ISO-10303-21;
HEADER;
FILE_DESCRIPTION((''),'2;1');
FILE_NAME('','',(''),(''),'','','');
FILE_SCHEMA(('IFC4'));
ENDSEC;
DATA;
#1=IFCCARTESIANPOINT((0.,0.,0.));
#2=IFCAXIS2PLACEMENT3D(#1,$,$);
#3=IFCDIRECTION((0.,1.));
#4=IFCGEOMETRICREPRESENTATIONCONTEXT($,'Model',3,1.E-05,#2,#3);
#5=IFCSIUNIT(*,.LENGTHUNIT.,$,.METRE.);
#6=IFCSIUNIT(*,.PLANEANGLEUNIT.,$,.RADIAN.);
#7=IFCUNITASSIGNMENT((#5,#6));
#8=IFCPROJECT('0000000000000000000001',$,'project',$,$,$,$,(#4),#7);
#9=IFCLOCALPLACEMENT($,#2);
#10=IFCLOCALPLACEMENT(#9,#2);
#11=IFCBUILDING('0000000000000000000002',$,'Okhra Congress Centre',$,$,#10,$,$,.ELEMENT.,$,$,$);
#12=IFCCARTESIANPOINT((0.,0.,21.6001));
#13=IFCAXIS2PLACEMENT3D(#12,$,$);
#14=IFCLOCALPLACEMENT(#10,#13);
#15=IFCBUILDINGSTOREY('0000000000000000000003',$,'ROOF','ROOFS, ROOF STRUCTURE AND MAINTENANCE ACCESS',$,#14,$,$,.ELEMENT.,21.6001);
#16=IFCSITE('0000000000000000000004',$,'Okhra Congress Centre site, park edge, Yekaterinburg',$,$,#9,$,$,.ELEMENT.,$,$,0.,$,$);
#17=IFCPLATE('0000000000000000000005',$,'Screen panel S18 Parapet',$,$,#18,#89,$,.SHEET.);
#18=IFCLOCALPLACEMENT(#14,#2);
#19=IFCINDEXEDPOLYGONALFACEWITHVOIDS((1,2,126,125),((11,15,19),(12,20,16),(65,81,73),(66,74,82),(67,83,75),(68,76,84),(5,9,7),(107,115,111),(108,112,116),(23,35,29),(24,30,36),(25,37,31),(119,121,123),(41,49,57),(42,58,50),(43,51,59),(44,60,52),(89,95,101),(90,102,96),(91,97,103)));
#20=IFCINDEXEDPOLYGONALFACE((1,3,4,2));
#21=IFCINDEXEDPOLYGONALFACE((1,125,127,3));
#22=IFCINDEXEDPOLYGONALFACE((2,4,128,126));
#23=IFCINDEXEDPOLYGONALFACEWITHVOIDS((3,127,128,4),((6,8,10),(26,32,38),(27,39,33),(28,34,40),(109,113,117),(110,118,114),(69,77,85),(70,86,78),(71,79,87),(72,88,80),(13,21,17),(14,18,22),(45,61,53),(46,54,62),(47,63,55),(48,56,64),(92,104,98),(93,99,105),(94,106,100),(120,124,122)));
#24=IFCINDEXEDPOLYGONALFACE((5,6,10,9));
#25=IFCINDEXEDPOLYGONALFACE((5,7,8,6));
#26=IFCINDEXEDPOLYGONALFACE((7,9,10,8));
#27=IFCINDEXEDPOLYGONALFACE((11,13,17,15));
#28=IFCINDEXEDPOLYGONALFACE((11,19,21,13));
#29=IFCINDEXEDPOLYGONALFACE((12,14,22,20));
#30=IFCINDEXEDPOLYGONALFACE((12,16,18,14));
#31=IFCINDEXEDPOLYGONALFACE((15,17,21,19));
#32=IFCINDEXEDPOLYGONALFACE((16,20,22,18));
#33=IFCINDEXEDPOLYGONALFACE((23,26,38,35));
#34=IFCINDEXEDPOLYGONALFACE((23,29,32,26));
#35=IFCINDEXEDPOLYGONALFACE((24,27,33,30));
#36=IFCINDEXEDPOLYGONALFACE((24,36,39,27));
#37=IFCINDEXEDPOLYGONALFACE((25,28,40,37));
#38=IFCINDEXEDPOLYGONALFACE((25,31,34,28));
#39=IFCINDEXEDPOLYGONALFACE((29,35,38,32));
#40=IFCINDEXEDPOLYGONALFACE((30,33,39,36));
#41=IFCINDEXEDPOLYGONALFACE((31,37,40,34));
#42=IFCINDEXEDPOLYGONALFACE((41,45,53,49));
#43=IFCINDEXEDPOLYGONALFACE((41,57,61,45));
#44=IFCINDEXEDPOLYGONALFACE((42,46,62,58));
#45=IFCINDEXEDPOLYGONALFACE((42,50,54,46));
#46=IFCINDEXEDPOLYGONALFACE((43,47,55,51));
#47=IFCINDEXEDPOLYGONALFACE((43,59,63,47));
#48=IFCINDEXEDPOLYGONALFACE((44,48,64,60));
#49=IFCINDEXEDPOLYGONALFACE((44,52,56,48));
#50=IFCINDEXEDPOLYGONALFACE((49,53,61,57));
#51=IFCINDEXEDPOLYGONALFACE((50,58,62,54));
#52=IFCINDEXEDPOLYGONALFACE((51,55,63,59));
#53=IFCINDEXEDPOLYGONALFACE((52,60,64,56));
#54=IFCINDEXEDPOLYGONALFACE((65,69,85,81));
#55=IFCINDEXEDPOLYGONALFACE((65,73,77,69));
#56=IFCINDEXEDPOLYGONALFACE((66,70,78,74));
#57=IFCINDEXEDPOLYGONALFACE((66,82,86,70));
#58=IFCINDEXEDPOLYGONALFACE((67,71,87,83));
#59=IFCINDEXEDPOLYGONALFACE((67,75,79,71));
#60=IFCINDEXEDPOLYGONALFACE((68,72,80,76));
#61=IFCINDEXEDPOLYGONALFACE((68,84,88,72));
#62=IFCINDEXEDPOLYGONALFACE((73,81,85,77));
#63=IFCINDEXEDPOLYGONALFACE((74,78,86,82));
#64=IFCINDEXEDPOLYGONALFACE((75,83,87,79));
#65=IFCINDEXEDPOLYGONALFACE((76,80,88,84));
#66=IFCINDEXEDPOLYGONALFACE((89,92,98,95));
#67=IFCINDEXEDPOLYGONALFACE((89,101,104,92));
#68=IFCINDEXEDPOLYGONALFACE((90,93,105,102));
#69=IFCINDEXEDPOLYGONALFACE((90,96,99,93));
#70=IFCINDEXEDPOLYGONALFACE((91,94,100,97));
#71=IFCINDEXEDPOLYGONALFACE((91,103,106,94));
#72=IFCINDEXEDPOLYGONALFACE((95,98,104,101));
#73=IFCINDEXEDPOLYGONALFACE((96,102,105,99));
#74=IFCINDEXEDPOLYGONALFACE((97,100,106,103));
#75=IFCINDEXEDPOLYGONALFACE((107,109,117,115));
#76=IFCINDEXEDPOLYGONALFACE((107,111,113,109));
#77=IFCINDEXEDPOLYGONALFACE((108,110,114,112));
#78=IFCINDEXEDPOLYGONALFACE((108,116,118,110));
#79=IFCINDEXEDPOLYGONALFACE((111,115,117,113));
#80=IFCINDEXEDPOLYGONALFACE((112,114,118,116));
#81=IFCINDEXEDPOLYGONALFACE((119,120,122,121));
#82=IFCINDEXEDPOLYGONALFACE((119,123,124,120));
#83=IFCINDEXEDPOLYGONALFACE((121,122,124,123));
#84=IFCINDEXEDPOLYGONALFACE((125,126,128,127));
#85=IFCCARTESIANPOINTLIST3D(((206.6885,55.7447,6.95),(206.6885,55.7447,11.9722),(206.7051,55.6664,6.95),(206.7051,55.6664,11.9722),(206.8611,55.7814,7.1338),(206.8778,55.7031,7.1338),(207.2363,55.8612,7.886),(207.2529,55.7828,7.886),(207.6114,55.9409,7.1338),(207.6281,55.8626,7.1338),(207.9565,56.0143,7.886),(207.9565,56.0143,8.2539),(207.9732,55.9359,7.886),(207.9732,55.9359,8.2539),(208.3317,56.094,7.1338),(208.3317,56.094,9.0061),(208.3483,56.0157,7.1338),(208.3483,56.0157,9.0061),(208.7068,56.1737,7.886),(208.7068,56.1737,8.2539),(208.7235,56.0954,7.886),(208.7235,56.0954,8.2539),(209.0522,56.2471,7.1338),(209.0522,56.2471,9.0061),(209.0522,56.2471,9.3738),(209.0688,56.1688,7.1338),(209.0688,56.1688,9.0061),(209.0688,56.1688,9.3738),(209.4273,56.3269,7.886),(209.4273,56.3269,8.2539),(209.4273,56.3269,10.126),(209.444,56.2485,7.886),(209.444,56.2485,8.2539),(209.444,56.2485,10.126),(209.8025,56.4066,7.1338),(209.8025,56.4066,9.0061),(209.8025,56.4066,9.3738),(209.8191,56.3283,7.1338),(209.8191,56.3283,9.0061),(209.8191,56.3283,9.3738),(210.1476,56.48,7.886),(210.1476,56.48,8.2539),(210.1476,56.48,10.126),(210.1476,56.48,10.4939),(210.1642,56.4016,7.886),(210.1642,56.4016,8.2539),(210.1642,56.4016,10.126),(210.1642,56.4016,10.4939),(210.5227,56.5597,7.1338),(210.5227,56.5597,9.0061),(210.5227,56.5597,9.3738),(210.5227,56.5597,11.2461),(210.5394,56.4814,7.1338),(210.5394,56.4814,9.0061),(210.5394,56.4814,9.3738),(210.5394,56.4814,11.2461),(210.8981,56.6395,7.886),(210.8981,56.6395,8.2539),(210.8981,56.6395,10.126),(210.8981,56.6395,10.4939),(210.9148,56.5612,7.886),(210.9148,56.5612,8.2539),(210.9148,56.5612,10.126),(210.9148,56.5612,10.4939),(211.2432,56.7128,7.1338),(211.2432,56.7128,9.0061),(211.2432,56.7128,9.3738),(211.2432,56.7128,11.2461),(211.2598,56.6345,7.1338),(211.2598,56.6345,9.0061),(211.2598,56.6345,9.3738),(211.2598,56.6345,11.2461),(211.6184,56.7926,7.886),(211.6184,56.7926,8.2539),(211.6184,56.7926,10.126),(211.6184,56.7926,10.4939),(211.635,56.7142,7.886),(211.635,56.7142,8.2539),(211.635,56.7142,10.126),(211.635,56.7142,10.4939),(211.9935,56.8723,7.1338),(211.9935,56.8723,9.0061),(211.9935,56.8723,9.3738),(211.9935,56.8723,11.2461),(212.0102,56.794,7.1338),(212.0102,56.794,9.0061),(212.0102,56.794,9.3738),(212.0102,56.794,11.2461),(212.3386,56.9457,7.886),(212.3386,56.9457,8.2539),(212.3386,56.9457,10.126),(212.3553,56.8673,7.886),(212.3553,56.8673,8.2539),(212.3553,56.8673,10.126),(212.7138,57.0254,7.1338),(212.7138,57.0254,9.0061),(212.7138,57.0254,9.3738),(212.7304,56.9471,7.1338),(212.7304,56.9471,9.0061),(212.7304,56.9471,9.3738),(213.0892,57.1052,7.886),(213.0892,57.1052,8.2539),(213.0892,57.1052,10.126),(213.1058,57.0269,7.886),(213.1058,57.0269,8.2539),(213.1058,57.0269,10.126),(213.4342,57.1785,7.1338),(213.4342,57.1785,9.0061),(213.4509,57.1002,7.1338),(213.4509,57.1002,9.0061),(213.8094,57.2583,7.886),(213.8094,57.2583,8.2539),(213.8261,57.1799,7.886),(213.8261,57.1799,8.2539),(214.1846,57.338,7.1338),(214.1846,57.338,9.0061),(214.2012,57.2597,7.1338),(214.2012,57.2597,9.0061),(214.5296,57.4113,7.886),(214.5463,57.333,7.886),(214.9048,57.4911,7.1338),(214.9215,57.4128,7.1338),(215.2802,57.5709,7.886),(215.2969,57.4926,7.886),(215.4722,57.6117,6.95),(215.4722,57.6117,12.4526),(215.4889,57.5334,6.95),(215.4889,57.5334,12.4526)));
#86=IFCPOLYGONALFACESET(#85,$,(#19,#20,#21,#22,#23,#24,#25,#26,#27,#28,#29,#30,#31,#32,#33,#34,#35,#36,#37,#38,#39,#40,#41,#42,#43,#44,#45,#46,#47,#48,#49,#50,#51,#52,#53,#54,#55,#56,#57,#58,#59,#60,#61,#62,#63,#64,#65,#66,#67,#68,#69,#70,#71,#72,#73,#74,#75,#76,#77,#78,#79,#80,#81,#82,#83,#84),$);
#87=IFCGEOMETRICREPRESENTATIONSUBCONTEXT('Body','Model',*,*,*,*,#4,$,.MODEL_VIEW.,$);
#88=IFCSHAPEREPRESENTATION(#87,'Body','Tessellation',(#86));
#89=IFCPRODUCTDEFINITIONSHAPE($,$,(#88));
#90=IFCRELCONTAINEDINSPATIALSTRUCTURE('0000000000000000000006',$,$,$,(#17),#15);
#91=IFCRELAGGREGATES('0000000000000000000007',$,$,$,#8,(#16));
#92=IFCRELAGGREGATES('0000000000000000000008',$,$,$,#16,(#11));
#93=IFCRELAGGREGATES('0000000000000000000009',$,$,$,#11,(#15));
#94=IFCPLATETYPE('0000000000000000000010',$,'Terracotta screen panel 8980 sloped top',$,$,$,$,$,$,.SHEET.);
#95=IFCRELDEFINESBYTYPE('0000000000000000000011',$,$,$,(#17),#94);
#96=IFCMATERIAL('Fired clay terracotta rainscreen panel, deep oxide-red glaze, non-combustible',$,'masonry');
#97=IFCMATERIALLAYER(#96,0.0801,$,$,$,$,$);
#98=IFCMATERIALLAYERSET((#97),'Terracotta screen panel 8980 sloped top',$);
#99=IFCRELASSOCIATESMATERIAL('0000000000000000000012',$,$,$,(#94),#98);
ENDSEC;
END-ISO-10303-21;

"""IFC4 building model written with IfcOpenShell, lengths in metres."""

from ifc_helpers import new_model, si_unit, direction, frame, origin, place, context, subcontext, project, spatial, polyline, outline, extrude, material, layer, layer_set, type_object, element, save


model = new_model("IFC4")

# Units and contexts
model_context = context("Model", 3, precision=1e-05, world=origin(), true_north=direction((0.0, 1.0)))
body_context = subcontext(model_context, "Body", "Model", "MODEL_VIEW")
ifc_project = project(units=[si_unit("LENGTHUNIT", "METRE"), si_unit("PLANEANGLEUNIT", "RADIAN")], contexts=[model_context])

# Site, building, storey
site_placement = place(None, origin())
site = spatial("IfcSite", under=ifc_project, at=site_placement, Name="Okhra Congress Centre site, park edge, Yekaterinburg", CompositionType="ELEMENT", RefElevation=0.0)
building_placement = place(site_placement, origin())
building = spatial("IfcBuilding", under=site, at=building_placement, Name="Okhra Congress Centre", CompositionType="ELEMENT")
storey_placement = place(building_placement, frame((0.0, 0.0, 21.6001)))
storey = spatial("IfcBuildingStorey", under=building, at=storey_placement, Name="ROOF", Description="ROOFS, ROOF STRUCTURE AND MAINTENANCE ACCESS", CompositionType="ELEMENT", Elevation=21.6001)

# Plate
ifc_material_1 = material(Name="Fired clay terracotta rainscreen panel, deep oxide-red glaze, non-combustible", Category="masonry")
ifc_layer_1 = layer(ifc_material_1, 0.0801)
ifc_layer_set_1 = layer_set([ifc_layer_1], Name="Terracotta screen panel 8980 sloped top")
plate_type_1 = type_object("IfcPlateType", Name="Terracotta screen panel 8980 sloped top", PredefinedType="SHEET", material=ifc_layer_set_1)
plate_1_placement = place(storey_placement, frame((206.6968, 55.7056, 6.95), z_axis=(0.0, 0.0, 1.0), x_axis=(0.97815, 0.207902, 0.0)))
element("IfcPlate", 1, at=plate_1_placement, inside=storey, type_object=plate_type_1, Name="Screen panel S18 Parapet", PredefinedType="SHEET", context=body_context, shape_type="SweptSolid", body=[
    extrude(outline(polyline([(0.0, 0.0), (8.98, 0.0), (8.98, 5.5027), (0.0, 5.0222), (0.0, 0.0)]), holes=[polyline([(0.1765, 0.1838), (0.9436, 0.1838), (0.5601, 0.936), (0.1765, 0.1838)]), polyline([(1.2964, 0.936), (1.6799, 0.1838), (2.0635, 0.936), (1.2964, 0.936)]), polyline([(2.4165, 0.1838), (3.1836, 0.1838), (2.8, 0.936), (2.4165, 0.1838)]), polyline([(3.5364, 0.936), (3.9199, 0.1838), (4.3037, 0.936), (3.5364, 0.936)]), polyline([(4.6565, 0.1838), (5.4236, 0.1838), (5.04, 0.936), (4.6565, 0.1838)]), polyline([(5.7764, 0.936), (6.1599, 0.1838), (6.5437, 0.936), (5.7764, 0.936)]), polyline([(6.8965, 0.1838), (7.6636, 0.1838), (7.28, 0.936), (6.8965, 0.1838)]), polyline([(8.0164, 0.936), (8.3999, 0.1838), (8.7837, 0.936), (8.0164, 0.936)]), polyline([(1.2964, 1.304), (2.0635, 1.304), (1.6799, 2.0562), (1.2964, 1.304)]), polyline([(2.4165, 2.0562), (2.8, 1.304), (3.1836, 2.0562), (2.4165, 2.0562)]), polyline([(3.5364, 1.304), (4.3037, 1.304), (3.9199, 2.0562), (3.5364, 1.304)]), polyline([(4.6565, 2.0562), (5.04, 1.304), (5.4236, 2.0562), (4.6565, 2.0562)]), polyline([(5.7764, 1.304), (6.5437, 1.304), (6.1599, 2.0562), (5.7764, 1.304)]), polyline([(6.8965, 2.0562), (7.28, 1.304), (7.6636, 2.0562), (6.8965, 2.0562)]), polyline([(2.4165, 2.4238), (3.1836, 2.4238), (2.8, 3.176), (2.4165, 2.4238)]), polyline([(3.5364, 3.176), (3.9199, 2.4238), (4.3037, 3.176), (3.5364, 3.176)]), polyline([(4.6565, 2.4238), (5.4236, 2.4238), (5.04, 3.176), (4.6565, 2.4238)]), polyline([(5.7764, 3.176), (6.1599, 2.4238), (6.5437, 3.176), (5.7764, 3.176)]), polyline([(3.5364, 3.5439), (4.3037, 3.5439), (3.9199, 4.2961), (3.5364, 3.5439)]), polyline([(4.6565, 4.2961), (5.04, 3.5439), (5.4236, 4.2961), (4.6565, 4.2961)])]), frame((0.0, 0.04, 0.0), z_axis=(0.0, -1.0, 0.0), x_axis=(1.0, 0.0, 0.0)), (0.0, 0.0, 1.0), 0.0801),
])

save(model, "model.ifc")
